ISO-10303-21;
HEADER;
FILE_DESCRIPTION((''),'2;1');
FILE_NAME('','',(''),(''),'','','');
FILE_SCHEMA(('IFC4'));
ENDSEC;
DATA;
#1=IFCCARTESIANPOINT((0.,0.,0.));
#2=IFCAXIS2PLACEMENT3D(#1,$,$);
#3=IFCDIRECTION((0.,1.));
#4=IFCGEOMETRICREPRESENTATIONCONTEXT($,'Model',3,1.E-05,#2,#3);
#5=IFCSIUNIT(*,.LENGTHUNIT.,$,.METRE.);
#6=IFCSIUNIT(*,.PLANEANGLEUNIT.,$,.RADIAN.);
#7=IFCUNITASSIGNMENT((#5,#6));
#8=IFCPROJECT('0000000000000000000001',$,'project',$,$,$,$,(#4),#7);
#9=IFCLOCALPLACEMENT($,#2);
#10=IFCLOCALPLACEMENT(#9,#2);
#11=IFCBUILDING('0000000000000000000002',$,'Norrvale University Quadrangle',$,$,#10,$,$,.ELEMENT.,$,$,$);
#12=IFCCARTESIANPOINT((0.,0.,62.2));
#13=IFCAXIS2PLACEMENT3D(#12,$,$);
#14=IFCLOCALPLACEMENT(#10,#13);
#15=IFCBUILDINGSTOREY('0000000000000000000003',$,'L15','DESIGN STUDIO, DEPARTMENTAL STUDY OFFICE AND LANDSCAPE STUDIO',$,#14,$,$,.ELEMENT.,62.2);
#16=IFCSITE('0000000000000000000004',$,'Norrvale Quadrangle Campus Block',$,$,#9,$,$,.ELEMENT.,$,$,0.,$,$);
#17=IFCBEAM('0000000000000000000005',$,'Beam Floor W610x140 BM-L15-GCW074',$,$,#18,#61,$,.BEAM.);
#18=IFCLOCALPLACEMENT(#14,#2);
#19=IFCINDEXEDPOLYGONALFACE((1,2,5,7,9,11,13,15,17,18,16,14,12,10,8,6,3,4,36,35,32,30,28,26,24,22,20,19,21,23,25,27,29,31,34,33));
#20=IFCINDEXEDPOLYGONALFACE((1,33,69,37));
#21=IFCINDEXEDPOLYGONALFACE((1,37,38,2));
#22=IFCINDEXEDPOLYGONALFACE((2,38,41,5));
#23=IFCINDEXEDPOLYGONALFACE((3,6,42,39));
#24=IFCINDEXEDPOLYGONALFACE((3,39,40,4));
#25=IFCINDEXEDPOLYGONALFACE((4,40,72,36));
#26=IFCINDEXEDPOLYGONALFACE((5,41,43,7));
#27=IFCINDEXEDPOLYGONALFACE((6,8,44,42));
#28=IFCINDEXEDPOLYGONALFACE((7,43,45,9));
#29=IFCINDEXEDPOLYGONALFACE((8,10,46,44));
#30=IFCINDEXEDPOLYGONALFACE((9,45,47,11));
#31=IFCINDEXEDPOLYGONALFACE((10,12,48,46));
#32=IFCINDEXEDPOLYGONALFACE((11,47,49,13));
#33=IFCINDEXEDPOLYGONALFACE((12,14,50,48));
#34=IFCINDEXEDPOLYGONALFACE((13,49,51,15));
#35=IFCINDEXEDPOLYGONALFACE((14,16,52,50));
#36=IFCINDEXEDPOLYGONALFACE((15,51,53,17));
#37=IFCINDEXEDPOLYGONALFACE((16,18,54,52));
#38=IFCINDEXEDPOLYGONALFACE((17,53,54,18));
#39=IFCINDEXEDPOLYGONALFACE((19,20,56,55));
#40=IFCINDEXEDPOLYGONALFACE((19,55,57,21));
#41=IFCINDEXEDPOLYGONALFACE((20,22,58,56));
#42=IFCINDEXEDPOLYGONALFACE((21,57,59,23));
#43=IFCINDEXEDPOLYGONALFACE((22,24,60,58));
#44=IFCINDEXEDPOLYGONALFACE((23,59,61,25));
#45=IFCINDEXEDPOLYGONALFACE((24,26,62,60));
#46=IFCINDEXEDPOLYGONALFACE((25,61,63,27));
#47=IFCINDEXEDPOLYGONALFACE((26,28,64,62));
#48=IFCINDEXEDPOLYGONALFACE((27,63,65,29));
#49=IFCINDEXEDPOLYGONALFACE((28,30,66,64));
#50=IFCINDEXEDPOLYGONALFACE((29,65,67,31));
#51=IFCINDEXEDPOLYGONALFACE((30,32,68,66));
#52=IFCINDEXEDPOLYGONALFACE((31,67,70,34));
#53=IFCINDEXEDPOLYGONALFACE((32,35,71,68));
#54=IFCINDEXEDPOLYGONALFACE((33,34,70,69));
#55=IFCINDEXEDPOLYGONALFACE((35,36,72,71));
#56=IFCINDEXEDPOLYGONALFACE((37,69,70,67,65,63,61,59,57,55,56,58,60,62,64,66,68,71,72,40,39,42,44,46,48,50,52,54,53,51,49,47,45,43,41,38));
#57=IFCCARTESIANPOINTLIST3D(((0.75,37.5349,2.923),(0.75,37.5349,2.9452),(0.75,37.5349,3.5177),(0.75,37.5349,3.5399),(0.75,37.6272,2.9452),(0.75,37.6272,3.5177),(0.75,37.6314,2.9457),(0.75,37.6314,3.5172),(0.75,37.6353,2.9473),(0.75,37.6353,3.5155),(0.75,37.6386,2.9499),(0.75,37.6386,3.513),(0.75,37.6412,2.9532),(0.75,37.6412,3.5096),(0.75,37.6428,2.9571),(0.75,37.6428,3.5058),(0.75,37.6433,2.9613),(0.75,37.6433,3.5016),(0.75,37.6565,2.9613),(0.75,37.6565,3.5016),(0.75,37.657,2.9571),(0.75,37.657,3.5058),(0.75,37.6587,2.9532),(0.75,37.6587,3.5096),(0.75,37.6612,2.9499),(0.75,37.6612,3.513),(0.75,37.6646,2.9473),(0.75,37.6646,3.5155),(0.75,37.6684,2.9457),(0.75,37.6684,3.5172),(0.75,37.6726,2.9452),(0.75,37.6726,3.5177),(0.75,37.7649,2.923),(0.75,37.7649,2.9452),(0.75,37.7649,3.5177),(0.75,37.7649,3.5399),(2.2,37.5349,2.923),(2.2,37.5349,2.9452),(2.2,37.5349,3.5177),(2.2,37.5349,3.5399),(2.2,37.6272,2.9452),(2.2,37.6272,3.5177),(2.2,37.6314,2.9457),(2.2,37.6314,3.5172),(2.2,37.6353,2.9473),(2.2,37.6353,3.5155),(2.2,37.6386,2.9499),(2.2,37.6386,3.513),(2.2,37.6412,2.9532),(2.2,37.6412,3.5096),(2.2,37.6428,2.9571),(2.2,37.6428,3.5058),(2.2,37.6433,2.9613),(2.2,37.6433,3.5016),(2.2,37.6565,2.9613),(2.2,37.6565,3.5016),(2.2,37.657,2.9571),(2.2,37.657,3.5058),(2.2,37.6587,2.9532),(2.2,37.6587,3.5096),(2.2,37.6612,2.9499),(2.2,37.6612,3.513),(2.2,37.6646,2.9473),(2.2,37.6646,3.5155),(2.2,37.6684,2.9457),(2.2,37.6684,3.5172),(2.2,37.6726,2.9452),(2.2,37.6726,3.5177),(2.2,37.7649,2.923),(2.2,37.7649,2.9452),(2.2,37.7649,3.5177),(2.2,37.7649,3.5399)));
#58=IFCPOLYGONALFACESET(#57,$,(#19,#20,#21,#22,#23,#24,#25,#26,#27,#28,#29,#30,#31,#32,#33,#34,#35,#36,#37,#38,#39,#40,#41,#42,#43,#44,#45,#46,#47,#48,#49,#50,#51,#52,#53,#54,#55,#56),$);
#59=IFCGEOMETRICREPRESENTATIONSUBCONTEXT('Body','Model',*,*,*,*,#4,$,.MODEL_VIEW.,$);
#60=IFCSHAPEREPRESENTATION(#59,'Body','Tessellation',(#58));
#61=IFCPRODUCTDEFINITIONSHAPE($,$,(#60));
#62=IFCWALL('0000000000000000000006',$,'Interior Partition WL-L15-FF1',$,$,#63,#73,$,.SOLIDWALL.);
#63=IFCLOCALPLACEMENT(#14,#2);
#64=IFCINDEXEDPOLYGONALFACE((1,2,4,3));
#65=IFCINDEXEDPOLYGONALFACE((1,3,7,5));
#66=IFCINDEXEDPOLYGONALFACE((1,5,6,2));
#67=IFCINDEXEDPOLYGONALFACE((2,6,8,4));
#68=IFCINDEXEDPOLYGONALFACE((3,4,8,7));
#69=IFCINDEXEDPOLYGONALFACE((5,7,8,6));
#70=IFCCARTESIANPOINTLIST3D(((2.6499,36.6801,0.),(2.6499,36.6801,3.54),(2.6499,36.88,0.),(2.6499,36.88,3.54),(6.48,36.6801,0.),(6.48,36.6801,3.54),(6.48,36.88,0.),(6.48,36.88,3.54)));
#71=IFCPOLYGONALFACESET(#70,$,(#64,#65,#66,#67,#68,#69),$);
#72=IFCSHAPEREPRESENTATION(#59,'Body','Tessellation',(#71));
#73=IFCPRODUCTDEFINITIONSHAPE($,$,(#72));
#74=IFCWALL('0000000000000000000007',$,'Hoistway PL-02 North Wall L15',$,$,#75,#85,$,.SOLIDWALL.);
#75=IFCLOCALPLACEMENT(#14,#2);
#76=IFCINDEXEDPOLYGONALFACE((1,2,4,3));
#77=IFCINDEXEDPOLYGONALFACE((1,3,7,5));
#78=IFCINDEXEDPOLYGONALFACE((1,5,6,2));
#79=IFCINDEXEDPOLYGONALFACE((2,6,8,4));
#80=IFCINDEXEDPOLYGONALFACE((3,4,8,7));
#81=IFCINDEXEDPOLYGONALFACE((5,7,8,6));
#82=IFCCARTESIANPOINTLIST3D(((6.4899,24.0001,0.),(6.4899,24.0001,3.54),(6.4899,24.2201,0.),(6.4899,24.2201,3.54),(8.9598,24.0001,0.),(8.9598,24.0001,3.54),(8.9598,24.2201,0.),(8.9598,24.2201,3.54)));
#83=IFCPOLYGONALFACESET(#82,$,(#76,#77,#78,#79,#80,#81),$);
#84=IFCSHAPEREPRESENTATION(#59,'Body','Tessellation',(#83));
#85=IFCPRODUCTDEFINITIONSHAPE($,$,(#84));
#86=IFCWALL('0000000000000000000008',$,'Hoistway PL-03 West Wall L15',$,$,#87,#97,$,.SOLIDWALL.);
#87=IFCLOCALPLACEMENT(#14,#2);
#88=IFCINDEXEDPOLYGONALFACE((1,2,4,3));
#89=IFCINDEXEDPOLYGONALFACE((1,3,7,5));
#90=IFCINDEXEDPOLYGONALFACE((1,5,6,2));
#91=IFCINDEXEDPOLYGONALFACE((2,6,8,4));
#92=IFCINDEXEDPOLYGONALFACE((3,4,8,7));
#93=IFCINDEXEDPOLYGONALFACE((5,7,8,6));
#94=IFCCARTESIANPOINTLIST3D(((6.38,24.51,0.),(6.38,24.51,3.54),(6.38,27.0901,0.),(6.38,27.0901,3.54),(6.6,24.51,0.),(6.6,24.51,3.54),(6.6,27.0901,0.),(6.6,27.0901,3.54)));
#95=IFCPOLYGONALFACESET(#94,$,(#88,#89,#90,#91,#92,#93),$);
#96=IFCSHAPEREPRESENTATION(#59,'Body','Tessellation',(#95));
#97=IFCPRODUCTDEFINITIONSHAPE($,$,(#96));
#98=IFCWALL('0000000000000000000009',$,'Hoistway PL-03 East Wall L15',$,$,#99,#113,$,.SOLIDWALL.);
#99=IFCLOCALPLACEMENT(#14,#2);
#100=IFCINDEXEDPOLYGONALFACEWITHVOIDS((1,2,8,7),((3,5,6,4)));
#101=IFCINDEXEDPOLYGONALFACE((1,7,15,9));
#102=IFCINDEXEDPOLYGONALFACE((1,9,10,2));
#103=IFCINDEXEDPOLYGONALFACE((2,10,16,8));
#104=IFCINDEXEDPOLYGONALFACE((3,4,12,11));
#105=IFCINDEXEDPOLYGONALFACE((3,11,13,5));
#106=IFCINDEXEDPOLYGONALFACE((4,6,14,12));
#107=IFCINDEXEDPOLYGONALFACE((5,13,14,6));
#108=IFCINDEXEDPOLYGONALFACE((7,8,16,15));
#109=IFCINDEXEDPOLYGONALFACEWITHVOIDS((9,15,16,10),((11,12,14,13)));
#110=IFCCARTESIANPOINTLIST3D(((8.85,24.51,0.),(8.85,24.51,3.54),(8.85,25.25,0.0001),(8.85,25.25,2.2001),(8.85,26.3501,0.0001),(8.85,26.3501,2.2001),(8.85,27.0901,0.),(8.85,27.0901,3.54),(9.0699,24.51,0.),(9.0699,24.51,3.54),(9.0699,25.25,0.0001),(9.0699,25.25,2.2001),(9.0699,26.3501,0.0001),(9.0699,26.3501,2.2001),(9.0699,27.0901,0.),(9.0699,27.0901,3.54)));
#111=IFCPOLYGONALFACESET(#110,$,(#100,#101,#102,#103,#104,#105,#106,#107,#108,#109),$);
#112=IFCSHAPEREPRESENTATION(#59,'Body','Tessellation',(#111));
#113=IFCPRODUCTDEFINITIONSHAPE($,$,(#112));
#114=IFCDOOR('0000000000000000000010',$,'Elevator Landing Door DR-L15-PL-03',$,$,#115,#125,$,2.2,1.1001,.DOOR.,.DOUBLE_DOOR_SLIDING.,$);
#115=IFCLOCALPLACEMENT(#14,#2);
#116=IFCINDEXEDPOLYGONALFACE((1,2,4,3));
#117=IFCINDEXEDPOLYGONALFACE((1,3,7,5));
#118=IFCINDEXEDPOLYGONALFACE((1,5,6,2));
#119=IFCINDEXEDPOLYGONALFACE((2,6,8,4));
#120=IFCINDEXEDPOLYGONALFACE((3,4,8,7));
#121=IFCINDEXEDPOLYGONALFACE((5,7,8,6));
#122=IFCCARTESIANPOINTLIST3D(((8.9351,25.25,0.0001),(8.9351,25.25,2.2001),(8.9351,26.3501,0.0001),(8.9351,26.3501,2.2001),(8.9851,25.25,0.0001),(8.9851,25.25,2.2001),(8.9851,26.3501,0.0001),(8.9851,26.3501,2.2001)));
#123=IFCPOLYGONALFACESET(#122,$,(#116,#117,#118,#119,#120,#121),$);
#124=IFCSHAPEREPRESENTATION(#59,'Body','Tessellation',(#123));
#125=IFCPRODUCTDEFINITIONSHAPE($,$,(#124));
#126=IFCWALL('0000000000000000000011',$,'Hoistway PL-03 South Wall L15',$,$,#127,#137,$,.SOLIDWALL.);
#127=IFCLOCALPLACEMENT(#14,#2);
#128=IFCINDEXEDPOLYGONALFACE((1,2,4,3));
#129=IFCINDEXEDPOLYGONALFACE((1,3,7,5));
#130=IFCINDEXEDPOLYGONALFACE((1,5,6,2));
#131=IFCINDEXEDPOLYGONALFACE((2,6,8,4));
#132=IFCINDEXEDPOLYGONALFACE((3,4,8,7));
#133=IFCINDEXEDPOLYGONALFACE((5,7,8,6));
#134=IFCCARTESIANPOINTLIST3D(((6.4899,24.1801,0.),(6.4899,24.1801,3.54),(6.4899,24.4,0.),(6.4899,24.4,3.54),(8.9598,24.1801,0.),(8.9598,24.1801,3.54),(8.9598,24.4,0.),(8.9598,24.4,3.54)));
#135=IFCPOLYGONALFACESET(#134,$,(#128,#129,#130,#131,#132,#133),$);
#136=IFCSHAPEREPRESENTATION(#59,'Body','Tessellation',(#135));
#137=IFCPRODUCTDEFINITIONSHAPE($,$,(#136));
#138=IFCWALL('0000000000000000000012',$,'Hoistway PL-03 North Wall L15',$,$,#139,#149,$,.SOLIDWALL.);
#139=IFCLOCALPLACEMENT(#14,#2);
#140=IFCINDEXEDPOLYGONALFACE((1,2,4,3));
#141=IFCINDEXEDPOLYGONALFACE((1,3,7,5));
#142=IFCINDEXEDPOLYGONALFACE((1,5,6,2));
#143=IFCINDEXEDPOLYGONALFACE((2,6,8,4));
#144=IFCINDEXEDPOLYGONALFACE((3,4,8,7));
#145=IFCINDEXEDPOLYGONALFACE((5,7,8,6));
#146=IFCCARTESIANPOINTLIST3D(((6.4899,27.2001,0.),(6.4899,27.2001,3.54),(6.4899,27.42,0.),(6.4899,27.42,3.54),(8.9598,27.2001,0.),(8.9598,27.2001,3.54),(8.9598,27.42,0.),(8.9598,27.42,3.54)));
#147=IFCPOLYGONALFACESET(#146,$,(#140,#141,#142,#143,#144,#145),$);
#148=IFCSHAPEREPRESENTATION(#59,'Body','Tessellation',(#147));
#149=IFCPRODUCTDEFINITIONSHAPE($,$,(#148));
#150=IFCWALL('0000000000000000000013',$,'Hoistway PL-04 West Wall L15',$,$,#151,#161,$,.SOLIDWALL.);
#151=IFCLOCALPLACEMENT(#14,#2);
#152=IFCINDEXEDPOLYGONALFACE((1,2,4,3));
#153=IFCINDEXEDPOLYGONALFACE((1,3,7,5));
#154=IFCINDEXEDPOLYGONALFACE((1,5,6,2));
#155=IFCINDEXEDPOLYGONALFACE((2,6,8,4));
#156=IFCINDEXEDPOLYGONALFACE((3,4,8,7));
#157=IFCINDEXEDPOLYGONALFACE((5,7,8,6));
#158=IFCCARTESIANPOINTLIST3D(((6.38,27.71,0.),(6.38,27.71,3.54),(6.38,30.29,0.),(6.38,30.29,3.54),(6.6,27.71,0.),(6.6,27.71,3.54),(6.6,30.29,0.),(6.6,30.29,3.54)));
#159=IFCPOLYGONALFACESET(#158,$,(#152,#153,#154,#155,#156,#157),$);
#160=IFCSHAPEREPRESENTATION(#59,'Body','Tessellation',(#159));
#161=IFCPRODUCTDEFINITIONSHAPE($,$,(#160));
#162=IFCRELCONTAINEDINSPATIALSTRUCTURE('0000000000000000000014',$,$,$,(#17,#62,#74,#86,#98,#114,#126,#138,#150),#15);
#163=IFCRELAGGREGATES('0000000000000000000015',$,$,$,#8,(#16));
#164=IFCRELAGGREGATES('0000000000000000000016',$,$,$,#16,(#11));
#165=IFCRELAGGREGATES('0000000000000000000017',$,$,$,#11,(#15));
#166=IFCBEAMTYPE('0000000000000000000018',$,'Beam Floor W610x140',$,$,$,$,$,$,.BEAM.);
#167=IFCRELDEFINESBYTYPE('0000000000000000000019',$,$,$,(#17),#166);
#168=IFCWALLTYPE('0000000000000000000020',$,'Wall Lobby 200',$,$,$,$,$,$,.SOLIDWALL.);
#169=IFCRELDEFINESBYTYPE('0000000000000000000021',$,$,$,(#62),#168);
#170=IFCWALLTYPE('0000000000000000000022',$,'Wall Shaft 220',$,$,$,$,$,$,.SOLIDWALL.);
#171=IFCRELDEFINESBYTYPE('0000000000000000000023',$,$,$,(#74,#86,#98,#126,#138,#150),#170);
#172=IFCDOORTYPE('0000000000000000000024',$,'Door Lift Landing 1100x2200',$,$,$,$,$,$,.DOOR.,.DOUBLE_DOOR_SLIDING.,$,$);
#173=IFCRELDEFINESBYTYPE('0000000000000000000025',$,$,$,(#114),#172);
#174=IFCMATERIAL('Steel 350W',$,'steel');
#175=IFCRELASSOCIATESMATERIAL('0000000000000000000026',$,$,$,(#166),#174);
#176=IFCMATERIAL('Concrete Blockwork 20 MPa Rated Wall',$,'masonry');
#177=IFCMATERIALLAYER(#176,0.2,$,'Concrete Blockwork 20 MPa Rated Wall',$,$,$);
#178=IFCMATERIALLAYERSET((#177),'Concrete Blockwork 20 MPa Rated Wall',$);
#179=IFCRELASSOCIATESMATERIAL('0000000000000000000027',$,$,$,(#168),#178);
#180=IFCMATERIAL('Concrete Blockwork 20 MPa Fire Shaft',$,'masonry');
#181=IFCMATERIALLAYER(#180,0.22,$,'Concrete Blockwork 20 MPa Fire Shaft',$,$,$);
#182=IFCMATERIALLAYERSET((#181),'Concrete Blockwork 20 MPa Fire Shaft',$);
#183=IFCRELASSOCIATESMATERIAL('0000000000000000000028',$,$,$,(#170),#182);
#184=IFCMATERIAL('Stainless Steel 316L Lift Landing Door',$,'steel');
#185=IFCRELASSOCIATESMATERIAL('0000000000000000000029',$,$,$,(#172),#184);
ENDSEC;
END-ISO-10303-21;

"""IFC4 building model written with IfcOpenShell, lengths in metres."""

from ifc_helpers import new_model, si_unit, direction, frame, frame_2d, origin, origin_2d, place, context, subcontext, project, spatial, rectangle, i_section, extrude, material, layer, layer_set, material_profile, profile_set, type_object, element, fill, save


model = new_model("IFC4")

# Units and contexts
model_context = context("Model", 3, precision=1e-05, world=origin(), true_north=direction((0.0, 1.0)))
body_context = subcontext(model_context, "Body", "Model", "MODEL_VIEW")
ifc_project = project(units=[si_unit("LENGTHUNIT", "METRE"), si_unit("PLANEANGLEUNIT", "RADIAN")], contexts=[model_context])

# Site, building, storey
site_placement = place(None, origin())
site = spatial("IfcSite", under=ifc_project, at=site_placement, Name="Norrvale Quadrangle Campus Block", CompositionType="ELEMENT", RefElevation=0.0)
building_placement = place(site_placement, origin())
building = spatial("IfcBuilding", under=site, at=building_placement, Name="Norrvale University Quadrangle", CompositionType="ELEMENT")
storey_placement = place(building_placement, frame((0.0, 0.0, 62.2)))
storey = spatial("IfcBuildingStorey", under=building, at=storey_placement, Name="L15", Description="DESIGN STUDIO, DEPARTMENTAL STUDY OFFICE AND LANDSCAPE STUDIO", CompositionType="ELEMENT", Elevation=62.2)

# Beam
ifc_material_1 = material(Name="Steel 350W", Category="steel")
ifc_material_profile_1 = material_profile(ifc_material_1, i_section(OverallWidth=0.23, OverallDepth=0.6169, WebThickness=0.0132, FlangeThickness=0.0222, FilletRadius=0.0161, at=origin_2d()), Name="Steel 350W")
ifc_profile_set_1 = profile_set([ifc_material_profile_1], Name="Steel 350W")
beam_type = type_object("IfcBeamType", Name="Beam Floor W610x140", PredefinedType="BEAM", material=ifc_profile_set_1)
for number, where, z_axis, x_axis, name in (
    (1, (0.75, 37.6499, 3.2314), (1.0, 0.0, 0.0), (0.0, 1.0, 0.0), "Beam Floor W610x140 BM-L15-GCW074"),
):
    element("IfcBeam", number, at=place(storey_placement, frame(where, z_axis=z_axis, x_axis=x_axis)), inside=storey, type_object=beam_type, Name=name, PredefinedType="BEAM", context=body_context, shape_type="SweptSolid", body=[
        extrude(i_section(OverallWidth=0.23, OverallDepth=0.6169, WebThickness=0.0132, FlangeThickness=0.0222, FilletRadius=0.0161, at=origin_2d()), origin(), (0.0, 0.0, 1.0), 1.45),
    ])

# Walls
ifc_material_2 = material(Name="Concrete Blockwork 20 MPa Rated Wall", Category="masonry")
ifc_layer_1 = layer(ifc_material_2, 0.2, Name="Concrete Blockwork 20 MPa Rated Wall")
ifc_layer_set_1 = layer_set([ifc_layer_1], Name="Concrete Blockwork 20 MPa Rated Wall")
wall_type_1 = type_object("IfcWallType", Name="Wall Lobby 200", PredefinedType="SOLIDWALL", material=ifc_layer_set_1)
wall_1_placement = place(storey_placement, frame((2.6499, 36.78, 0.0), z_axis=(0.0, 0.0, 1.0), x_axis=(1.0, 0.0, 0.0)))
element("IfcWall", 2, at=wall_1_placement, inside=storey, type_object=wall_type_1, Name="Interior Partition WL-L15-FF1", PredefinedType="SOLIDWALL", context=body_context, shape_type="SweptSolid", body=[
    extrude(rectangle(XDim=3.8301, YDim=0.2, at=frame_2d((1.915, 0.0))), origin(), (0.0, 0.0, 1.0), 3.54),
])
ifc_material_3 = material(Name="Concrete Blockwork 20 MPa Fire Shaft", Category="masonry")
ifc_layer_2 = layer(ifc_material_3, 0.22, Name="Concrete Blockwork 20 MPa Fire Shaft")
ifc_layer_set_2 = layer_set([ifc_layer_2], Name="Concrete Blockwork 20 MPa Fire Shaft")
wall_type_2 = type_object("IfcWallType", Name="Wall Shaft 220", PredefinedType="SOLIDWALL", material=ifc_layer_set_2)
wall_2_placement = place(storey_placement, frame((6.49, 24.1101, 0.0), z_axis=(0.0, 0.0, 1.0), x_axis=(1.0, 0.0, 0.0)))
element("IfcWall", 3, at=wall_2_placement, inside=storey, type_object=wall_type_2, Name="Hoistway PL-02 North Wall L15", PredefinedType="SOLIDWALL", context=body_context, shape_type="SweptSolid", body=[
    extrude(rectangle(XDim=2.47, YDim=0.22, at=frame_2d((1.2349, 0.0))), origin(), (0.0, 0.0, 1.0), 3.54),
])
wall_3_placement = place(storey_placement, frame((6.49, 24.51, 0.0), z_axis=(0.0, 0.0, 1.0), x_axis=(0.0, 1.0, 0.0)))
element("IfcWall", 4, at=wall_3_placement, inside=storey, type_object=wall_type_2, Name="Hoistway PL-03 West Wall L15", PredefinedType="SOLIDWALL", context=body_context, shape_type="SweptSolid", body=[
    extrude(rectangle(XDim=2.5801, YDim=0.22, at=frame_2d((1.29, 0.0))), origin(), (0.0, 0.0, 1.0), 3.54),
])

# Wall, opening, door
wall_4_placement = place(storey_placement, frame((8.96, 24.51, 0.0), z_axis=(0.0, 0.0, 1.0), x_axis=(0.0, 1.0, 0.0)))
wall_4 = element("IfcWall", 5, at=wall_4_placement, inside=storey, type_object=wall_type_2, Name="Hoistway PL-03 East Wall L15", PredefinedType="SOLIDWALL", context=body_context, shape_type="SweptSolid", body=[
    extrude(rectangle(XDim=2.5801, YDim=0.22, at=frame_2d((1.29, 0.0))), origin(), (0.0, 0.0, 1.0), 3.54),
])
opening_1_placement = place(wall_4_placement, frame((0.74, 0.0, 0.0)))
opening_1 = element("IfcOpeningElement", 6, at=opening_1_placement, cuts=wall_4, PredefinedType="OPENING", context=body_context, shape_type="SweptSolid", body=[
    extrude(rectangle(XDim=1.1001, YDim=2.2, at=frame_2d((0.55, 1.1001))), frame((0.0, 0.1221, 0.0), z_axis=(0.0, -1.0, 0.0), x_axis=(1.0, 0.0, 0.0)), (0.0, 0.0, 1.0), 0.2439),
])
ifc_material_4 = material(Name="Stainless Steel 316L Lift Landing Door", Category="steel")
door_type_1 = type_object("IfcDoorType", Name="Door Lift Landing 1100x2200", OperationType="DOUBLE_DOOR_SLIDING", PredefinedType="DOOR", material=ifc_material_4)
door_1_placement = place(opening_1_placement, origin())
door_1 = element("IfcDoor", 7, at=door_1_placement, inside=storey, type_object=door_type_1, Name="Elevator Landing Door DR-L15-PL-03", OperationType="DOUBLE_DOOR_SLIDING", OverallHeight=2.2, OverallWidth=1.1001, PredefinedType="DOOR", context=body_context, shape_type="SweptSolid", body=[
    extrude(rectangle(XDim=1.1001, YDim=2.2, at=frame_2d((0.55, 1.1001))), frame((0.0, 0.0249, 0.0), z_axis=(0.0, -1.0, 0.0), x_axis=(1.0, 0.0, 0.0)), (0.0, 0.0, 1.0), 0.05),
])
fill(opening_1, door_1)

# Walls
for number, where, z_axis, x_axis, name in (
    (8, (6.49, 24.29, 0.0), (0.0, 0.0, 1.0), (1.0, 0.0, 0.0), "Hoistway PL-03 South Wall L15"),
    (9, (6.49, 27.3101, 0.0), (0.0, 0.0, 1.0), (1.0, 0.0, 0.0), "Hoistway PL-03 North Wall L15"),
):
    element("IfcWall", number, at=place(storey_placement, frame(where, z_axis=z_axis, x_axis=x_axis)), inside=storey, type_object=wall_type_2, Name=name, PredefinedType="SOLIDWALL", context=body_context, shape_type="SweptSolid", body=[
        extrude(rectangle(XDim=2.47, YDim=0.22, at=frame_2d((1.2349, 0.0))), origin(), (0.0, 0.0, 1.0), 3.54),
    ])
wall_5_placement = place(storey_placement, frame((6.49, 27.71, 0.0), z_axis=(0.0, 0.0, 1.0), x_axis=(0.0, 1.0, 0.0)))
element("IfcWall", 10, at=wall_5_placement, inside=storey, type_object=wall_type_2, Name="Hoistway PL-04 West Wall L15", PredefinedType="SOLIDWALL", context=body_context, shape_type="SweptSolid", body=[
    extrude(rectangle(XDim=2.5801, YDim=0.22, at=frame_2d((1.29, 0.0))), origin(), (0.0, 0.0, 1.0), 3.54),
])

save(model, "model.ifc")
